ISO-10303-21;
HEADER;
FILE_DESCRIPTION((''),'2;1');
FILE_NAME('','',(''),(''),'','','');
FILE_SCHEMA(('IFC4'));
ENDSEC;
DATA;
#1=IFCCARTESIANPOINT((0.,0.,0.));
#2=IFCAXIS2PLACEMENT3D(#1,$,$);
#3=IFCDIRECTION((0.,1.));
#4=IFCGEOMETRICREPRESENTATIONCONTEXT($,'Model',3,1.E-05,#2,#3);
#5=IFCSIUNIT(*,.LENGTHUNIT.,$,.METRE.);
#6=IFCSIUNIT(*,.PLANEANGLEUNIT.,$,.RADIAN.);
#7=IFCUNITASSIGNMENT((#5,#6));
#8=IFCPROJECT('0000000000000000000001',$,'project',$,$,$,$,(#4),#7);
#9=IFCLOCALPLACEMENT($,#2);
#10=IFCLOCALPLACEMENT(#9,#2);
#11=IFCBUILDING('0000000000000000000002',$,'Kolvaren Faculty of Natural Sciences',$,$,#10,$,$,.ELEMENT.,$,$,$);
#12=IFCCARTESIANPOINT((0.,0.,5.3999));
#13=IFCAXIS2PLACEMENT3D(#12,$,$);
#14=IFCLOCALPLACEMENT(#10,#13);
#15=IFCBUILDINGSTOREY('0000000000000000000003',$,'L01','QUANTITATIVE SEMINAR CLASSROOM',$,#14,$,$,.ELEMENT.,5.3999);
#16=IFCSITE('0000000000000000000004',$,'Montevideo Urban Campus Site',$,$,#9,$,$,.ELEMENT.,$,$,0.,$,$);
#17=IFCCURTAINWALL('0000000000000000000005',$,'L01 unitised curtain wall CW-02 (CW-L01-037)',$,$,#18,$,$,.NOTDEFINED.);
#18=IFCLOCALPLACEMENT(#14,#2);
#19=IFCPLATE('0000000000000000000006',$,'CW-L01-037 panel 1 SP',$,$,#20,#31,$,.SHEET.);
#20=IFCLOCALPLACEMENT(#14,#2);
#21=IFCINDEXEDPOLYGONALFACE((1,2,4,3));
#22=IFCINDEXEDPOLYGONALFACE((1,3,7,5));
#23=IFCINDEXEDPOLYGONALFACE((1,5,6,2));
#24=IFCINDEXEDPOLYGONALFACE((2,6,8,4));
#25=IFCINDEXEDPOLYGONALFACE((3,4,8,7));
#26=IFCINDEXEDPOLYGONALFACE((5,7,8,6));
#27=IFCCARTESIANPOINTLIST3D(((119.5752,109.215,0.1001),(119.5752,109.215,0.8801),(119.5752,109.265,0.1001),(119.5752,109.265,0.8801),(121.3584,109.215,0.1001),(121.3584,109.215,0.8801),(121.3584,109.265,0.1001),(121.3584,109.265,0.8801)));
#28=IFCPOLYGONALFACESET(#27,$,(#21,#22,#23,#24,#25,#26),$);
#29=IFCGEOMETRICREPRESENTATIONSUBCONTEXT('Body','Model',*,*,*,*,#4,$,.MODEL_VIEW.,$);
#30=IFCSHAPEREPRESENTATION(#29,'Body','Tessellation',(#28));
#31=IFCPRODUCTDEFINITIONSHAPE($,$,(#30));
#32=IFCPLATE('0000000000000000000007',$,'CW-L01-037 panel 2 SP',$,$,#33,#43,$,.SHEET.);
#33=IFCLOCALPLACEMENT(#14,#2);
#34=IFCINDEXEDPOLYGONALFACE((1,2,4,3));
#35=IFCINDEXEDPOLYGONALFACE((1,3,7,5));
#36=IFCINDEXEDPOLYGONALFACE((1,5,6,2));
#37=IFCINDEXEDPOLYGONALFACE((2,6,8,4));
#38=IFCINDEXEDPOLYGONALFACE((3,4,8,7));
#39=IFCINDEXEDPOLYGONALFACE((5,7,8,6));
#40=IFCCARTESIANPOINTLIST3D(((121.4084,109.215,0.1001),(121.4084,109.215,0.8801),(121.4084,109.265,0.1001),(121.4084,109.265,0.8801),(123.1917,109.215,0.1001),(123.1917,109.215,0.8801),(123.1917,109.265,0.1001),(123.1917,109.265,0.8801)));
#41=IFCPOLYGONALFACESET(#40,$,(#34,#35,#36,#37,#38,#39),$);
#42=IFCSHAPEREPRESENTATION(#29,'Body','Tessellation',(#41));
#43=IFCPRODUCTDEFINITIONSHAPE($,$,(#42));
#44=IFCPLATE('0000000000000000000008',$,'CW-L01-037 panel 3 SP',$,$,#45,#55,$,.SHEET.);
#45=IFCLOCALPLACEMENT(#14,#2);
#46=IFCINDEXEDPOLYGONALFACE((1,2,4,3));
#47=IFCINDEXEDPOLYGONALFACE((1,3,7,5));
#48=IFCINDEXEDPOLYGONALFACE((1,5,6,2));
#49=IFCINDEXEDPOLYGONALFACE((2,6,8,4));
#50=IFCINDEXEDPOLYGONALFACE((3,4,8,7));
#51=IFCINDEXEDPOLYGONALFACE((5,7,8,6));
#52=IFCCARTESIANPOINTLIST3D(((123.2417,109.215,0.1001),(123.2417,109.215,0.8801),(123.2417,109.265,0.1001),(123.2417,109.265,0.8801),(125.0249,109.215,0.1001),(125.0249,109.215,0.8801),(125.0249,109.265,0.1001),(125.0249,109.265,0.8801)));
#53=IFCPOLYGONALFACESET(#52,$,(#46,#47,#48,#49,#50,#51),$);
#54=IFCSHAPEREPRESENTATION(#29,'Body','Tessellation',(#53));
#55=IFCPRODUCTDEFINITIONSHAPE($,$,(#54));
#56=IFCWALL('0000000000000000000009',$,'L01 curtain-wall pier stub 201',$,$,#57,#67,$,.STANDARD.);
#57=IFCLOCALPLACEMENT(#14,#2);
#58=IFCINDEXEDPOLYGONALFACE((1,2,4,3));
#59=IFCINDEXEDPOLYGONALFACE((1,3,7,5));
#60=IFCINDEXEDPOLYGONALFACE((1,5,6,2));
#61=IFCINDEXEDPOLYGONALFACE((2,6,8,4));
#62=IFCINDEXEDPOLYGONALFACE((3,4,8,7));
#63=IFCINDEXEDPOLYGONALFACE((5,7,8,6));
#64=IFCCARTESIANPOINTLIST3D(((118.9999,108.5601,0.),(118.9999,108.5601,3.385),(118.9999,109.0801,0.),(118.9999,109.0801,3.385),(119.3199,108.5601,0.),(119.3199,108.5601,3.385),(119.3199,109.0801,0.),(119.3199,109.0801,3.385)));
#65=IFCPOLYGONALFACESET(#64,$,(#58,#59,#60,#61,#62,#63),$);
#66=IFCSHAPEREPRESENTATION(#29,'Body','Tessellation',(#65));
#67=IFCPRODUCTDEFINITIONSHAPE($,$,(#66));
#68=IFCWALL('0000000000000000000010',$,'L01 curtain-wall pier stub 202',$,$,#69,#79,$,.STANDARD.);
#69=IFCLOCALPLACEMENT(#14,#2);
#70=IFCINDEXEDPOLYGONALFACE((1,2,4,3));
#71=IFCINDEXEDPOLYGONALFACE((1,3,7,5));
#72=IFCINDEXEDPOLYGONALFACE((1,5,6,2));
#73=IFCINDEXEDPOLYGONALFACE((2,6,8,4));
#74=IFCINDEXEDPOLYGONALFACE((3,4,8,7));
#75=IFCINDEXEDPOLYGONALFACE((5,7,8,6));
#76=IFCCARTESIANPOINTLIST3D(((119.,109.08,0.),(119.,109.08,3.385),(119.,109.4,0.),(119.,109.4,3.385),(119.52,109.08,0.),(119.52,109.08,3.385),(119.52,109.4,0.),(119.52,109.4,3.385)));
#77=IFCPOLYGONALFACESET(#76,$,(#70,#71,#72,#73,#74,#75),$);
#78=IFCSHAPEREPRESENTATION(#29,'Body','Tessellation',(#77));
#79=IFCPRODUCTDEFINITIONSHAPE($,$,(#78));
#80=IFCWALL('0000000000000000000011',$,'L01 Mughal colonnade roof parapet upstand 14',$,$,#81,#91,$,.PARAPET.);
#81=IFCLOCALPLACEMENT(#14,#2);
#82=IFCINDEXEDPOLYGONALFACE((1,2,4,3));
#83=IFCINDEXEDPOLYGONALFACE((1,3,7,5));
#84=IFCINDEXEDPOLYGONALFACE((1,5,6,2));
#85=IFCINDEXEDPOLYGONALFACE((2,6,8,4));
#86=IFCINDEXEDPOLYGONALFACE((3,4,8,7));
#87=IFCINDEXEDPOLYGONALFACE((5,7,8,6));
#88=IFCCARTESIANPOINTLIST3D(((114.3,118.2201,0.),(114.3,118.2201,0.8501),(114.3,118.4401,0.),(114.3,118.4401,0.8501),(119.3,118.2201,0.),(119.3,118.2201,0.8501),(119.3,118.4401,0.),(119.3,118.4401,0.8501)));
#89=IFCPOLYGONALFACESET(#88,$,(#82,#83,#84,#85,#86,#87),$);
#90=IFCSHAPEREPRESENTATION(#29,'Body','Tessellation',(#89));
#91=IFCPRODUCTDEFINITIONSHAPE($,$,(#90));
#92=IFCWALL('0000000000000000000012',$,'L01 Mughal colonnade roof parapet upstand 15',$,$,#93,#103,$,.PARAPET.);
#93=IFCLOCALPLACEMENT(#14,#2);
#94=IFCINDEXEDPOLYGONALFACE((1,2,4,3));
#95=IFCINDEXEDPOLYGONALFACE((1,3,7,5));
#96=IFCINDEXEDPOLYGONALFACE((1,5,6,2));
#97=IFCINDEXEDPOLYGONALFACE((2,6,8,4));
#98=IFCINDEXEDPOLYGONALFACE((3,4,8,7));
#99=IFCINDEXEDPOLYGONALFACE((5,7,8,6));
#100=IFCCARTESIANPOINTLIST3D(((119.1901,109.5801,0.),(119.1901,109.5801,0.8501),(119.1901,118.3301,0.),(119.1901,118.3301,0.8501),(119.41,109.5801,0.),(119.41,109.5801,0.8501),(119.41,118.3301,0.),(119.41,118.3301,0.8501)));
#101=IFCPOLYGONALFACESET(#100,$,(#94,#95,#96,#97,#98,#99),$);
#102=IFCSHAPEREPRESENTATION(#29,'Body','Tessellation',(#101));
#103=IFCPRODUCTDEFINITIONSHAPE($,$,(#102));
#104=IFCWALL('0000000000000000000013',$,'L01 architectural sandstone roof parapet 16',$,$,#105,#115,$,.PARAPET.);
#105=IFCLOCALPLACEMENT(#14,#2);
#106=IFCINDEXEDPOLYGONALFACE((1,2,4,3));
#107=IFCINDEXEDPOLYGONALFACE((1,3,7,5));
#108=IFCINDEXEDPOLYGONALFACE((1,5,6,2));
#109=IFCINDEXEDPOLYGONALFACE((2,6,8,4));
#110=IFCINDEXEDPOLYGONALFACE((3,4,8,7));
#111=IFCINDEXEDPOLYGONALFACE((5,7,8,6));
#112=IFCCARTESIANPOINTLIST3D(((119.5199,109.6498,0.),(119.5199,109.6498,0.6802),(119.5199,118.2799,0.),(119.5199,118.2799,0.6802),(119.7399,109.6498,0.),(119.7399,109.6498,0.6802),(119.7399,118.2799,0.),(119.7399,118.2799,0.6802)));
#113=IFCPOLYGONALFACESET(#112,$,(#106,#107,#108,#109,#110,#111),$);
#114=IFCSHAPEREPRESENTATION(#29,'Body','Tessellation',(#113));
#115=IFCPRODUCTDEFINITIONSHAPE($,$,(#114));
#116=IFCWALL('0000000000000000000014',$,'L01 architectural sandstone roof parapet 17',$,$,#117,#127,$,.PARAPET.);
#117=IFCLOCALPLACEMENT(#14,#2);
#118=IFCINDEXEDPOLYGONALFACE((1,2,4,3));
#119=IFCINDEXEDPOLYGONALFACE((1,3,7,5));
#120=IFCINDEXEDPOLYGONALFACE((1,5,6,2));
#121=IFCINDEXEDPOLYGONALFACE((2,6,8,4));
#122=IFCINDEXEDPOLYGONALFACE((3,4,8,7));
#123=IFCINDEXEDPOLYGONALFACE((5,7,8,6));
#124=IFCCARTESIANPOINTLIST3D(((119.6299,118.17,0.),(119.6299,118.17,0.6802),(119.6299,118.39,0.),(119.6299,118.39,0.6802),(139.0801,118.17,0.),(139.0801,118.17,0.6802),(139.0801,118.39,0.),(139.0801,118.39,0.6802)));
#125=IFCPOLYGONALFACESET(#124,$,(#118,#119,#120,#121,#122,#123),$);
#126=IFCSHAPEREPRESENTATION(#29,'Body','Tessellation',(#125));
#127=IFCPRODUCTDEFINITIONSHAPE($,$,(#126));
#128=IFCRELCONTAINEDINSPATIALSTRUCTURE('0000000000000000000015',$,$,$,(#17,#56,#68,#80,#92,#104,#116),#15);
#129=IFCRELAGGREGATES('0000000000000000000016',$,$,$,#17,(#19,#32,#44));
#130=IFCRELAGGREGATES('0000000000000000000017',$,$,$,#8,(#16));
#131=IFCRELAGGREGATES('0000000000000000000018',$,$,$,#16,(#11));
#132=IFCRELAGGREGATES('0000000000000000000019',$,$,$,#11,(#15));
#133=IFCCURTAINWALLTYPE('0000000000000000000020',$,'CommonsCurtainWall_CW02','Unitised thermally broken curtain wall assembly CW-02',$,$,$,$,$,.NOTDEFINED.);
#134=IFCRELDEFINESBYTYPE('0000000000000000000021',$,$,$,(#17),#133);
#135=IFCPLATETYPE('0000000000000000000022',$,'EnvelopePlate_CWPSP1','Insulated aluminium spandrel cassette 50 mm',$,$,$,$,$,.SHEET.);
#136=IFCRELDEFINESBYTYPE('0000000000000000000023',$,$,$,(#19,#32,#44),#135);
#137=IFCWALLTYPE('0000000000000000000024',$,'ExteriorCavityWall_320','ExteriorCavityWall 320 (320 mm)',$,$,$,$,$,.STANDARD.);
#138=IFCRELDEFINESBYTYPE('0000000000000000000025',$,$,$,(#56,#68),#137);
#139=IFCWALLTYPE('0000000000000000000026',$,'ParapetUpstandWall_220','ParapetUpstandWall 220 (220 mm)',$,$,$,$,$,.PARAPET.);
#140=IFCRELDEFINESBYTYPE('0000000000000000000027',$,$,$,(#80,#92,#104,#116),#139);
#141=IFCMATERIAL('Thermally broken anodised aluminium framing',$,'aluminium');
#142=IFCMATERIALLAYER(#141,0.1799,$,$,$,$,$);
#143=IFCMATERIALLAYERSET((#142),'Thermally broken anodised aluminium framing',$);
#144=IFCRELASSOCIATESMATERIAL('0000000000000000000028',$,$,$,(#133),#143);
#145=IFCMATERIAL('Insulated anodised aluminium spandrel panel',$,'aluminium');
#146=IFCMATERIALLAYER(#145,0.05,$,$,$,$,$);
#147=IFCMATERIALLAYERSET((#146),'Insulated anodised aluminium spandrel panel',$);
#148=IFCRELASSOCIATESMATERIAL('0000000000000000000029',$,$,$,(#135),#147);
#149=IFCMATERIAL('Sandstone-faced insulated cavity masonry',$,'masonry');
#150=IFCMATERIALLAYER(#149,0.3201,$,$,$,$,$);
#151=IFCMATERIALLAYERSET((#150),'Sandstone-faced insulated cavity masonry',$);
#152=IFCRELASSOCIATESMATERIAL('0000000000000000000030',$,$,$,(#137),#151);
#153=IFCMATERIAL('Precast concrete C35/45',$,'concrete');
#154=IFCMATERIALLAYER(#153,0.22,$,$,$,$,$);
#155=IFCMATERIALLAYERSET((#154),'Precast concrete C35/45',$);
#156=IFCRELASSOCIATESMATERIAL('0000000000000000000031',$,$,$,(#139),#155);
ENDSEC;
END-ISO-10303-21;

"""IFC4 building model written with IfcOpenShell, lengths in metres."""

from ifc_helpers import new_model, si_unit, direction, frame, frame_2d, origin, origin_2d, place, context, subcontext, project, spatial, rectangle, extrude, material, layer, layer_set, type_object, element, aggregate, save


model = new_model("IFC4")

# Units and contexts
model_context = context("Model", 3, precision=1e-05, world=origin(), true_north=direction((0.0, 1.0)))
body_context = subcontext(model_context, "Body", "Model", "MODEL_VIEW")
ifc_project = project(units=[si_unit("LENGTHUNIT", "METRE"), si_unit("PLANEANGLEUNIT", "RADIAN")], contexts=[model_context])

# Site, building, storey
site_placement = place(None, origin())
site = spatial("IfcSite", under=ifc_project, at=site_placement, Name="Montevideo Urban Campus Site", CompositionType="ELEMENT", RefElevation=0.0)
building_placement = place(site_placement, origin())
building = spatial("IfcBuilding", under=site, at=building_placement, Name="Kolvaren Faculty of Natural Sciences", CompositionType="ELEMENT")
storey_placement = place(building_placement, frame((0.0, 0.0, 5.3999)))
storey = spatial("IfcBuildingStorey", under=building, at=storey_placement, Name="L01", Description="QUANTITATIVE SEMINAR CLASSROOM", CompositionType="ELEMENT", Elevation=5.3999)

# Curtain wall
ifc_material_1 = material(Name="Thermally broken anodised aluminium framing", Category="aluminium")
ifc_layer_1 = layer(ifc_material_1, 0.1799)
ifc_layer_set_1 = layer_set([ifc_layer_1], Name="Thermally broken anodised aluminium framing")
curtain_wall_type = type_object("IfcCurtainWallType", Name="CommonsCurtainWall_CW02", Description="Unitised thermally broken curtain wall assembly CW-02", PredefinedType="NOTDEFINED", material=ifc_layer_set_1)
curtain_wall_1_placement = place(storey_placement, origin())
curtain_wall_1 = element("IfcCurtainWall", 1, at=curtain_wall_1_placement, inside=storey, type_object=curtain_wall_type, Name="L01 unitised curtain wall CW-02 (CW-L01-037)", PredefinedType="NOTDEFINED")

# Plates
ifc_material_2 = material(Name="Insulated anodised aluminium spandrel panel", Category="aluminium")
ifc_layer_2 = layer(ifc_material_2, 0.05)
ifc_layer_set_2 = layer_set([ifc_layer_2], Name="Insulated anodised aluminium spandrel panel")
plate_type_1 = type_object("IfcPlateType", Name="EnvelopePlate_CWPSP1", Description="Insulated aluminium spandrel cassette 50 mm", PredefinedType="SHEET", material=ifc_layer_set_2)
plate_1_placement = place(storey_placement, frame((120.4668, 109.24, 0.1001), z_axis=(0.0, 0.0, 1.0), x_axis=(1.0, 0.0, 0.0)))
plate_1 = element("IfcPlate", 2, at=plate_1_placement, type_object=plate_type_1, Name="CW-L01-037 panel 1 SP", PredefinedType="SHEET", context=body_context, shape_type="SweptSolid", body=[
    extrude(rectangle(XDim=1.7832, YDim=0.05, at=origin_2d()), origin(), (0.0, 0.0, 1.0), 0.78),
])
plate_2_placement = place(storey_placement, frame((122.3, 109.24, 0.1001), z_axis=(0.0, 0.0, 1.0), x_axis=(1.0, 0.0, 0.0)))
plate_2 = element("IfcPlate", 3, at=plate_2_placement, type_object=plate_type_1, Name="CW-L01-037 panel 2 SP", PredefinedType="SHEET", context=body_context, shape_type="SweptSolid", body=[
    extrude(rectangle(XDim=1.7832, YDim=0.05, at=origin_2d()), origin(), (0.0, 0.0, 1.0), 0.78),
])
plate_3_placement = place(storey_placement, frame((124.1333, 109.24, 0.1001), z_axis=(0.0, 0.0, 1.0), x_axis=(1.0, 0.0, 0.0)))
plate_3 = element("IfcPlate", 4, at=plate_3_placement, type_object=plate_type_1, Name="CW-L01-037 panel 3 SP", PredefinedType="SHEET", context=body_context, shape_type="SweptSolid", body=[
    extrude(rectangle(XDim=1.7832, YDim=0.05, at=origin_2d()), origin(), (0.0, 0.0, 1.0), 0.78),
])
aggregate(curtain_wall_1, [plate_1, plate_2, plate_3])

# Walls
ifc_material_3 = material(Name="Sandstone-faced insulated cavity masonry", Category="masonry")
ifc_layer_3 = layer(ifc_material_3, 0.3201)
ifc_layer_set_3 = layer_set([ifc_layer_3], Name="Sandstone-faced insulated cavity masonry")
wall_type_1 = type_object("IfcWallType", Name="ExteriorCavityWall_320", Description="ExteriorCavityWall 320 (320 mm)", PredefinedType="STANDARD", material=ifc_layer_set_3)
for number, where, z_axis, x_axis, name in (
    (5, (119.1599, 108.5601, 0.0), (0.0, 0.0, 1.0), (0.0, 1.0, 0.0), "L01 curtain-wall pier stub 201"),
    (6, (119.0, 109.24, 0.0), (0.0, 0.0, 1.0), (1.0, 0.0, 0.0), "L01 curtain-wall pier stub 202"),
):
    element("IfcWall", number, at=place(storey_placement, frame(where, z_axis=z_axis, x_axis=x_axis)), inside=storey, type_object=wall_type_1, Name=name, PredefinedType="STANDARD", context=body_context, shape_type="SweptSolid", body=[
        extrude(rectangle(XDim=0.52, YDim=0.3201, at=frame_2d((0.26, 0.0))), origin(), (0.0, 0.0, 1.0), 3.385),
    ])
ifc_material_4 = material(Name="Precast concrete C35/45", Category="concrete")
ifc_layer_4 = layer(ifc_material_4, 0.22)
ifc_layer_set_4 = layer_set([ifc_layer_4], Name="Precast concrete C35/45")
wall_type_2 = type_object("IfcWallType", Name="ParapetUpstandWall_220", Description="ParapetUpstandWall 220 (220 mm)", PredefinedType="PARAPET", material=ifc_layer_set_4)
wall_1_placement = place(storey_placement, frame((114.3, 118.3301, 0.0), z_axis=(0.0, 0.0, 1.0), x_axis=(1.0, 0.0, 0.0)))
element("IfcWall", 7, at=wall_1_placement, inside=storey, type_object=wall_type_2, Name="L01 Mughal colonnade roof parapet upstand 14", PredefinedType="PARAPET", context=body_context, shape_type="SweptSolid", body=[
    extrude(rectangle(XDim=5.0, YDim=0.22, at=frame_2d((2.5, 0.0))), origin(), (0.0, 0.0, 1.0), 0.8501),
])
wall_2_placement = place(storey_placement, frame((119.3, 118.3301, 0.0), z_axis=(0.0, 0.0, 1.0), x_axis=(0.0, -1.0, 0.0)))
element("IfcWall", 8, at=wall_2_placement, inside=storey, type_object=wall_type_2, Name="L01 Mughal colonnade roof parapet upstand 15", PredefinedType="PARAPET", context=body_context, shape_type="SweptSolid", body=[
    extrude(rectangle(XDim=8.75, YDim=0.22, at=frame_2d((4.375, 0.0))), origin(), (0.0, 0.0, 1.0), 0.8501),
])
wall_3_placement = place(storey_placement, frame((119.6299, 109.6499, 0.0), z_axis=(0.0, 0.0, 1.0), x_axis=(0.0, 1.0, 0.0)))
element("IfcWall", 9, at=wall_3_placement, inside=storey, type_object=wall_type_2, Name="L01 architectural sandstone roof parapet 16", PredefinedType="PARAPET", context=body_context, shape_type="SweptSolid", body=[
    extrude(rectangle(XDim=8.6301, YDim=0.22, at=frame_2d((4.3149, 0.0))), origin(), (0.0, 0.0, 1.0), 0.6802),
])
wall_4_placement = place(storey_placement, frame((119.6299, 118.28, 0.0), z_axis=(0.0, 0.0, 1.0), x_axis=(1.0, 0.0, 0.0)))
element("IfcWall", 10, at=wall_4_placement, inside=storey, type_object=wall_type_2, Name="L01 architectural sandstone roof parapet 17", PredefinedType="PARAPET", context=body_context, shape_type="SweptSolid", body=[
    extrude(rectangle(XDim=19.4502, YDim=0.22, at=frame_2d((9.7251, 0.0))), origin(), (0.0, 0.0, 1.0), 0.6802),
])

save(model, "model.ifc")
